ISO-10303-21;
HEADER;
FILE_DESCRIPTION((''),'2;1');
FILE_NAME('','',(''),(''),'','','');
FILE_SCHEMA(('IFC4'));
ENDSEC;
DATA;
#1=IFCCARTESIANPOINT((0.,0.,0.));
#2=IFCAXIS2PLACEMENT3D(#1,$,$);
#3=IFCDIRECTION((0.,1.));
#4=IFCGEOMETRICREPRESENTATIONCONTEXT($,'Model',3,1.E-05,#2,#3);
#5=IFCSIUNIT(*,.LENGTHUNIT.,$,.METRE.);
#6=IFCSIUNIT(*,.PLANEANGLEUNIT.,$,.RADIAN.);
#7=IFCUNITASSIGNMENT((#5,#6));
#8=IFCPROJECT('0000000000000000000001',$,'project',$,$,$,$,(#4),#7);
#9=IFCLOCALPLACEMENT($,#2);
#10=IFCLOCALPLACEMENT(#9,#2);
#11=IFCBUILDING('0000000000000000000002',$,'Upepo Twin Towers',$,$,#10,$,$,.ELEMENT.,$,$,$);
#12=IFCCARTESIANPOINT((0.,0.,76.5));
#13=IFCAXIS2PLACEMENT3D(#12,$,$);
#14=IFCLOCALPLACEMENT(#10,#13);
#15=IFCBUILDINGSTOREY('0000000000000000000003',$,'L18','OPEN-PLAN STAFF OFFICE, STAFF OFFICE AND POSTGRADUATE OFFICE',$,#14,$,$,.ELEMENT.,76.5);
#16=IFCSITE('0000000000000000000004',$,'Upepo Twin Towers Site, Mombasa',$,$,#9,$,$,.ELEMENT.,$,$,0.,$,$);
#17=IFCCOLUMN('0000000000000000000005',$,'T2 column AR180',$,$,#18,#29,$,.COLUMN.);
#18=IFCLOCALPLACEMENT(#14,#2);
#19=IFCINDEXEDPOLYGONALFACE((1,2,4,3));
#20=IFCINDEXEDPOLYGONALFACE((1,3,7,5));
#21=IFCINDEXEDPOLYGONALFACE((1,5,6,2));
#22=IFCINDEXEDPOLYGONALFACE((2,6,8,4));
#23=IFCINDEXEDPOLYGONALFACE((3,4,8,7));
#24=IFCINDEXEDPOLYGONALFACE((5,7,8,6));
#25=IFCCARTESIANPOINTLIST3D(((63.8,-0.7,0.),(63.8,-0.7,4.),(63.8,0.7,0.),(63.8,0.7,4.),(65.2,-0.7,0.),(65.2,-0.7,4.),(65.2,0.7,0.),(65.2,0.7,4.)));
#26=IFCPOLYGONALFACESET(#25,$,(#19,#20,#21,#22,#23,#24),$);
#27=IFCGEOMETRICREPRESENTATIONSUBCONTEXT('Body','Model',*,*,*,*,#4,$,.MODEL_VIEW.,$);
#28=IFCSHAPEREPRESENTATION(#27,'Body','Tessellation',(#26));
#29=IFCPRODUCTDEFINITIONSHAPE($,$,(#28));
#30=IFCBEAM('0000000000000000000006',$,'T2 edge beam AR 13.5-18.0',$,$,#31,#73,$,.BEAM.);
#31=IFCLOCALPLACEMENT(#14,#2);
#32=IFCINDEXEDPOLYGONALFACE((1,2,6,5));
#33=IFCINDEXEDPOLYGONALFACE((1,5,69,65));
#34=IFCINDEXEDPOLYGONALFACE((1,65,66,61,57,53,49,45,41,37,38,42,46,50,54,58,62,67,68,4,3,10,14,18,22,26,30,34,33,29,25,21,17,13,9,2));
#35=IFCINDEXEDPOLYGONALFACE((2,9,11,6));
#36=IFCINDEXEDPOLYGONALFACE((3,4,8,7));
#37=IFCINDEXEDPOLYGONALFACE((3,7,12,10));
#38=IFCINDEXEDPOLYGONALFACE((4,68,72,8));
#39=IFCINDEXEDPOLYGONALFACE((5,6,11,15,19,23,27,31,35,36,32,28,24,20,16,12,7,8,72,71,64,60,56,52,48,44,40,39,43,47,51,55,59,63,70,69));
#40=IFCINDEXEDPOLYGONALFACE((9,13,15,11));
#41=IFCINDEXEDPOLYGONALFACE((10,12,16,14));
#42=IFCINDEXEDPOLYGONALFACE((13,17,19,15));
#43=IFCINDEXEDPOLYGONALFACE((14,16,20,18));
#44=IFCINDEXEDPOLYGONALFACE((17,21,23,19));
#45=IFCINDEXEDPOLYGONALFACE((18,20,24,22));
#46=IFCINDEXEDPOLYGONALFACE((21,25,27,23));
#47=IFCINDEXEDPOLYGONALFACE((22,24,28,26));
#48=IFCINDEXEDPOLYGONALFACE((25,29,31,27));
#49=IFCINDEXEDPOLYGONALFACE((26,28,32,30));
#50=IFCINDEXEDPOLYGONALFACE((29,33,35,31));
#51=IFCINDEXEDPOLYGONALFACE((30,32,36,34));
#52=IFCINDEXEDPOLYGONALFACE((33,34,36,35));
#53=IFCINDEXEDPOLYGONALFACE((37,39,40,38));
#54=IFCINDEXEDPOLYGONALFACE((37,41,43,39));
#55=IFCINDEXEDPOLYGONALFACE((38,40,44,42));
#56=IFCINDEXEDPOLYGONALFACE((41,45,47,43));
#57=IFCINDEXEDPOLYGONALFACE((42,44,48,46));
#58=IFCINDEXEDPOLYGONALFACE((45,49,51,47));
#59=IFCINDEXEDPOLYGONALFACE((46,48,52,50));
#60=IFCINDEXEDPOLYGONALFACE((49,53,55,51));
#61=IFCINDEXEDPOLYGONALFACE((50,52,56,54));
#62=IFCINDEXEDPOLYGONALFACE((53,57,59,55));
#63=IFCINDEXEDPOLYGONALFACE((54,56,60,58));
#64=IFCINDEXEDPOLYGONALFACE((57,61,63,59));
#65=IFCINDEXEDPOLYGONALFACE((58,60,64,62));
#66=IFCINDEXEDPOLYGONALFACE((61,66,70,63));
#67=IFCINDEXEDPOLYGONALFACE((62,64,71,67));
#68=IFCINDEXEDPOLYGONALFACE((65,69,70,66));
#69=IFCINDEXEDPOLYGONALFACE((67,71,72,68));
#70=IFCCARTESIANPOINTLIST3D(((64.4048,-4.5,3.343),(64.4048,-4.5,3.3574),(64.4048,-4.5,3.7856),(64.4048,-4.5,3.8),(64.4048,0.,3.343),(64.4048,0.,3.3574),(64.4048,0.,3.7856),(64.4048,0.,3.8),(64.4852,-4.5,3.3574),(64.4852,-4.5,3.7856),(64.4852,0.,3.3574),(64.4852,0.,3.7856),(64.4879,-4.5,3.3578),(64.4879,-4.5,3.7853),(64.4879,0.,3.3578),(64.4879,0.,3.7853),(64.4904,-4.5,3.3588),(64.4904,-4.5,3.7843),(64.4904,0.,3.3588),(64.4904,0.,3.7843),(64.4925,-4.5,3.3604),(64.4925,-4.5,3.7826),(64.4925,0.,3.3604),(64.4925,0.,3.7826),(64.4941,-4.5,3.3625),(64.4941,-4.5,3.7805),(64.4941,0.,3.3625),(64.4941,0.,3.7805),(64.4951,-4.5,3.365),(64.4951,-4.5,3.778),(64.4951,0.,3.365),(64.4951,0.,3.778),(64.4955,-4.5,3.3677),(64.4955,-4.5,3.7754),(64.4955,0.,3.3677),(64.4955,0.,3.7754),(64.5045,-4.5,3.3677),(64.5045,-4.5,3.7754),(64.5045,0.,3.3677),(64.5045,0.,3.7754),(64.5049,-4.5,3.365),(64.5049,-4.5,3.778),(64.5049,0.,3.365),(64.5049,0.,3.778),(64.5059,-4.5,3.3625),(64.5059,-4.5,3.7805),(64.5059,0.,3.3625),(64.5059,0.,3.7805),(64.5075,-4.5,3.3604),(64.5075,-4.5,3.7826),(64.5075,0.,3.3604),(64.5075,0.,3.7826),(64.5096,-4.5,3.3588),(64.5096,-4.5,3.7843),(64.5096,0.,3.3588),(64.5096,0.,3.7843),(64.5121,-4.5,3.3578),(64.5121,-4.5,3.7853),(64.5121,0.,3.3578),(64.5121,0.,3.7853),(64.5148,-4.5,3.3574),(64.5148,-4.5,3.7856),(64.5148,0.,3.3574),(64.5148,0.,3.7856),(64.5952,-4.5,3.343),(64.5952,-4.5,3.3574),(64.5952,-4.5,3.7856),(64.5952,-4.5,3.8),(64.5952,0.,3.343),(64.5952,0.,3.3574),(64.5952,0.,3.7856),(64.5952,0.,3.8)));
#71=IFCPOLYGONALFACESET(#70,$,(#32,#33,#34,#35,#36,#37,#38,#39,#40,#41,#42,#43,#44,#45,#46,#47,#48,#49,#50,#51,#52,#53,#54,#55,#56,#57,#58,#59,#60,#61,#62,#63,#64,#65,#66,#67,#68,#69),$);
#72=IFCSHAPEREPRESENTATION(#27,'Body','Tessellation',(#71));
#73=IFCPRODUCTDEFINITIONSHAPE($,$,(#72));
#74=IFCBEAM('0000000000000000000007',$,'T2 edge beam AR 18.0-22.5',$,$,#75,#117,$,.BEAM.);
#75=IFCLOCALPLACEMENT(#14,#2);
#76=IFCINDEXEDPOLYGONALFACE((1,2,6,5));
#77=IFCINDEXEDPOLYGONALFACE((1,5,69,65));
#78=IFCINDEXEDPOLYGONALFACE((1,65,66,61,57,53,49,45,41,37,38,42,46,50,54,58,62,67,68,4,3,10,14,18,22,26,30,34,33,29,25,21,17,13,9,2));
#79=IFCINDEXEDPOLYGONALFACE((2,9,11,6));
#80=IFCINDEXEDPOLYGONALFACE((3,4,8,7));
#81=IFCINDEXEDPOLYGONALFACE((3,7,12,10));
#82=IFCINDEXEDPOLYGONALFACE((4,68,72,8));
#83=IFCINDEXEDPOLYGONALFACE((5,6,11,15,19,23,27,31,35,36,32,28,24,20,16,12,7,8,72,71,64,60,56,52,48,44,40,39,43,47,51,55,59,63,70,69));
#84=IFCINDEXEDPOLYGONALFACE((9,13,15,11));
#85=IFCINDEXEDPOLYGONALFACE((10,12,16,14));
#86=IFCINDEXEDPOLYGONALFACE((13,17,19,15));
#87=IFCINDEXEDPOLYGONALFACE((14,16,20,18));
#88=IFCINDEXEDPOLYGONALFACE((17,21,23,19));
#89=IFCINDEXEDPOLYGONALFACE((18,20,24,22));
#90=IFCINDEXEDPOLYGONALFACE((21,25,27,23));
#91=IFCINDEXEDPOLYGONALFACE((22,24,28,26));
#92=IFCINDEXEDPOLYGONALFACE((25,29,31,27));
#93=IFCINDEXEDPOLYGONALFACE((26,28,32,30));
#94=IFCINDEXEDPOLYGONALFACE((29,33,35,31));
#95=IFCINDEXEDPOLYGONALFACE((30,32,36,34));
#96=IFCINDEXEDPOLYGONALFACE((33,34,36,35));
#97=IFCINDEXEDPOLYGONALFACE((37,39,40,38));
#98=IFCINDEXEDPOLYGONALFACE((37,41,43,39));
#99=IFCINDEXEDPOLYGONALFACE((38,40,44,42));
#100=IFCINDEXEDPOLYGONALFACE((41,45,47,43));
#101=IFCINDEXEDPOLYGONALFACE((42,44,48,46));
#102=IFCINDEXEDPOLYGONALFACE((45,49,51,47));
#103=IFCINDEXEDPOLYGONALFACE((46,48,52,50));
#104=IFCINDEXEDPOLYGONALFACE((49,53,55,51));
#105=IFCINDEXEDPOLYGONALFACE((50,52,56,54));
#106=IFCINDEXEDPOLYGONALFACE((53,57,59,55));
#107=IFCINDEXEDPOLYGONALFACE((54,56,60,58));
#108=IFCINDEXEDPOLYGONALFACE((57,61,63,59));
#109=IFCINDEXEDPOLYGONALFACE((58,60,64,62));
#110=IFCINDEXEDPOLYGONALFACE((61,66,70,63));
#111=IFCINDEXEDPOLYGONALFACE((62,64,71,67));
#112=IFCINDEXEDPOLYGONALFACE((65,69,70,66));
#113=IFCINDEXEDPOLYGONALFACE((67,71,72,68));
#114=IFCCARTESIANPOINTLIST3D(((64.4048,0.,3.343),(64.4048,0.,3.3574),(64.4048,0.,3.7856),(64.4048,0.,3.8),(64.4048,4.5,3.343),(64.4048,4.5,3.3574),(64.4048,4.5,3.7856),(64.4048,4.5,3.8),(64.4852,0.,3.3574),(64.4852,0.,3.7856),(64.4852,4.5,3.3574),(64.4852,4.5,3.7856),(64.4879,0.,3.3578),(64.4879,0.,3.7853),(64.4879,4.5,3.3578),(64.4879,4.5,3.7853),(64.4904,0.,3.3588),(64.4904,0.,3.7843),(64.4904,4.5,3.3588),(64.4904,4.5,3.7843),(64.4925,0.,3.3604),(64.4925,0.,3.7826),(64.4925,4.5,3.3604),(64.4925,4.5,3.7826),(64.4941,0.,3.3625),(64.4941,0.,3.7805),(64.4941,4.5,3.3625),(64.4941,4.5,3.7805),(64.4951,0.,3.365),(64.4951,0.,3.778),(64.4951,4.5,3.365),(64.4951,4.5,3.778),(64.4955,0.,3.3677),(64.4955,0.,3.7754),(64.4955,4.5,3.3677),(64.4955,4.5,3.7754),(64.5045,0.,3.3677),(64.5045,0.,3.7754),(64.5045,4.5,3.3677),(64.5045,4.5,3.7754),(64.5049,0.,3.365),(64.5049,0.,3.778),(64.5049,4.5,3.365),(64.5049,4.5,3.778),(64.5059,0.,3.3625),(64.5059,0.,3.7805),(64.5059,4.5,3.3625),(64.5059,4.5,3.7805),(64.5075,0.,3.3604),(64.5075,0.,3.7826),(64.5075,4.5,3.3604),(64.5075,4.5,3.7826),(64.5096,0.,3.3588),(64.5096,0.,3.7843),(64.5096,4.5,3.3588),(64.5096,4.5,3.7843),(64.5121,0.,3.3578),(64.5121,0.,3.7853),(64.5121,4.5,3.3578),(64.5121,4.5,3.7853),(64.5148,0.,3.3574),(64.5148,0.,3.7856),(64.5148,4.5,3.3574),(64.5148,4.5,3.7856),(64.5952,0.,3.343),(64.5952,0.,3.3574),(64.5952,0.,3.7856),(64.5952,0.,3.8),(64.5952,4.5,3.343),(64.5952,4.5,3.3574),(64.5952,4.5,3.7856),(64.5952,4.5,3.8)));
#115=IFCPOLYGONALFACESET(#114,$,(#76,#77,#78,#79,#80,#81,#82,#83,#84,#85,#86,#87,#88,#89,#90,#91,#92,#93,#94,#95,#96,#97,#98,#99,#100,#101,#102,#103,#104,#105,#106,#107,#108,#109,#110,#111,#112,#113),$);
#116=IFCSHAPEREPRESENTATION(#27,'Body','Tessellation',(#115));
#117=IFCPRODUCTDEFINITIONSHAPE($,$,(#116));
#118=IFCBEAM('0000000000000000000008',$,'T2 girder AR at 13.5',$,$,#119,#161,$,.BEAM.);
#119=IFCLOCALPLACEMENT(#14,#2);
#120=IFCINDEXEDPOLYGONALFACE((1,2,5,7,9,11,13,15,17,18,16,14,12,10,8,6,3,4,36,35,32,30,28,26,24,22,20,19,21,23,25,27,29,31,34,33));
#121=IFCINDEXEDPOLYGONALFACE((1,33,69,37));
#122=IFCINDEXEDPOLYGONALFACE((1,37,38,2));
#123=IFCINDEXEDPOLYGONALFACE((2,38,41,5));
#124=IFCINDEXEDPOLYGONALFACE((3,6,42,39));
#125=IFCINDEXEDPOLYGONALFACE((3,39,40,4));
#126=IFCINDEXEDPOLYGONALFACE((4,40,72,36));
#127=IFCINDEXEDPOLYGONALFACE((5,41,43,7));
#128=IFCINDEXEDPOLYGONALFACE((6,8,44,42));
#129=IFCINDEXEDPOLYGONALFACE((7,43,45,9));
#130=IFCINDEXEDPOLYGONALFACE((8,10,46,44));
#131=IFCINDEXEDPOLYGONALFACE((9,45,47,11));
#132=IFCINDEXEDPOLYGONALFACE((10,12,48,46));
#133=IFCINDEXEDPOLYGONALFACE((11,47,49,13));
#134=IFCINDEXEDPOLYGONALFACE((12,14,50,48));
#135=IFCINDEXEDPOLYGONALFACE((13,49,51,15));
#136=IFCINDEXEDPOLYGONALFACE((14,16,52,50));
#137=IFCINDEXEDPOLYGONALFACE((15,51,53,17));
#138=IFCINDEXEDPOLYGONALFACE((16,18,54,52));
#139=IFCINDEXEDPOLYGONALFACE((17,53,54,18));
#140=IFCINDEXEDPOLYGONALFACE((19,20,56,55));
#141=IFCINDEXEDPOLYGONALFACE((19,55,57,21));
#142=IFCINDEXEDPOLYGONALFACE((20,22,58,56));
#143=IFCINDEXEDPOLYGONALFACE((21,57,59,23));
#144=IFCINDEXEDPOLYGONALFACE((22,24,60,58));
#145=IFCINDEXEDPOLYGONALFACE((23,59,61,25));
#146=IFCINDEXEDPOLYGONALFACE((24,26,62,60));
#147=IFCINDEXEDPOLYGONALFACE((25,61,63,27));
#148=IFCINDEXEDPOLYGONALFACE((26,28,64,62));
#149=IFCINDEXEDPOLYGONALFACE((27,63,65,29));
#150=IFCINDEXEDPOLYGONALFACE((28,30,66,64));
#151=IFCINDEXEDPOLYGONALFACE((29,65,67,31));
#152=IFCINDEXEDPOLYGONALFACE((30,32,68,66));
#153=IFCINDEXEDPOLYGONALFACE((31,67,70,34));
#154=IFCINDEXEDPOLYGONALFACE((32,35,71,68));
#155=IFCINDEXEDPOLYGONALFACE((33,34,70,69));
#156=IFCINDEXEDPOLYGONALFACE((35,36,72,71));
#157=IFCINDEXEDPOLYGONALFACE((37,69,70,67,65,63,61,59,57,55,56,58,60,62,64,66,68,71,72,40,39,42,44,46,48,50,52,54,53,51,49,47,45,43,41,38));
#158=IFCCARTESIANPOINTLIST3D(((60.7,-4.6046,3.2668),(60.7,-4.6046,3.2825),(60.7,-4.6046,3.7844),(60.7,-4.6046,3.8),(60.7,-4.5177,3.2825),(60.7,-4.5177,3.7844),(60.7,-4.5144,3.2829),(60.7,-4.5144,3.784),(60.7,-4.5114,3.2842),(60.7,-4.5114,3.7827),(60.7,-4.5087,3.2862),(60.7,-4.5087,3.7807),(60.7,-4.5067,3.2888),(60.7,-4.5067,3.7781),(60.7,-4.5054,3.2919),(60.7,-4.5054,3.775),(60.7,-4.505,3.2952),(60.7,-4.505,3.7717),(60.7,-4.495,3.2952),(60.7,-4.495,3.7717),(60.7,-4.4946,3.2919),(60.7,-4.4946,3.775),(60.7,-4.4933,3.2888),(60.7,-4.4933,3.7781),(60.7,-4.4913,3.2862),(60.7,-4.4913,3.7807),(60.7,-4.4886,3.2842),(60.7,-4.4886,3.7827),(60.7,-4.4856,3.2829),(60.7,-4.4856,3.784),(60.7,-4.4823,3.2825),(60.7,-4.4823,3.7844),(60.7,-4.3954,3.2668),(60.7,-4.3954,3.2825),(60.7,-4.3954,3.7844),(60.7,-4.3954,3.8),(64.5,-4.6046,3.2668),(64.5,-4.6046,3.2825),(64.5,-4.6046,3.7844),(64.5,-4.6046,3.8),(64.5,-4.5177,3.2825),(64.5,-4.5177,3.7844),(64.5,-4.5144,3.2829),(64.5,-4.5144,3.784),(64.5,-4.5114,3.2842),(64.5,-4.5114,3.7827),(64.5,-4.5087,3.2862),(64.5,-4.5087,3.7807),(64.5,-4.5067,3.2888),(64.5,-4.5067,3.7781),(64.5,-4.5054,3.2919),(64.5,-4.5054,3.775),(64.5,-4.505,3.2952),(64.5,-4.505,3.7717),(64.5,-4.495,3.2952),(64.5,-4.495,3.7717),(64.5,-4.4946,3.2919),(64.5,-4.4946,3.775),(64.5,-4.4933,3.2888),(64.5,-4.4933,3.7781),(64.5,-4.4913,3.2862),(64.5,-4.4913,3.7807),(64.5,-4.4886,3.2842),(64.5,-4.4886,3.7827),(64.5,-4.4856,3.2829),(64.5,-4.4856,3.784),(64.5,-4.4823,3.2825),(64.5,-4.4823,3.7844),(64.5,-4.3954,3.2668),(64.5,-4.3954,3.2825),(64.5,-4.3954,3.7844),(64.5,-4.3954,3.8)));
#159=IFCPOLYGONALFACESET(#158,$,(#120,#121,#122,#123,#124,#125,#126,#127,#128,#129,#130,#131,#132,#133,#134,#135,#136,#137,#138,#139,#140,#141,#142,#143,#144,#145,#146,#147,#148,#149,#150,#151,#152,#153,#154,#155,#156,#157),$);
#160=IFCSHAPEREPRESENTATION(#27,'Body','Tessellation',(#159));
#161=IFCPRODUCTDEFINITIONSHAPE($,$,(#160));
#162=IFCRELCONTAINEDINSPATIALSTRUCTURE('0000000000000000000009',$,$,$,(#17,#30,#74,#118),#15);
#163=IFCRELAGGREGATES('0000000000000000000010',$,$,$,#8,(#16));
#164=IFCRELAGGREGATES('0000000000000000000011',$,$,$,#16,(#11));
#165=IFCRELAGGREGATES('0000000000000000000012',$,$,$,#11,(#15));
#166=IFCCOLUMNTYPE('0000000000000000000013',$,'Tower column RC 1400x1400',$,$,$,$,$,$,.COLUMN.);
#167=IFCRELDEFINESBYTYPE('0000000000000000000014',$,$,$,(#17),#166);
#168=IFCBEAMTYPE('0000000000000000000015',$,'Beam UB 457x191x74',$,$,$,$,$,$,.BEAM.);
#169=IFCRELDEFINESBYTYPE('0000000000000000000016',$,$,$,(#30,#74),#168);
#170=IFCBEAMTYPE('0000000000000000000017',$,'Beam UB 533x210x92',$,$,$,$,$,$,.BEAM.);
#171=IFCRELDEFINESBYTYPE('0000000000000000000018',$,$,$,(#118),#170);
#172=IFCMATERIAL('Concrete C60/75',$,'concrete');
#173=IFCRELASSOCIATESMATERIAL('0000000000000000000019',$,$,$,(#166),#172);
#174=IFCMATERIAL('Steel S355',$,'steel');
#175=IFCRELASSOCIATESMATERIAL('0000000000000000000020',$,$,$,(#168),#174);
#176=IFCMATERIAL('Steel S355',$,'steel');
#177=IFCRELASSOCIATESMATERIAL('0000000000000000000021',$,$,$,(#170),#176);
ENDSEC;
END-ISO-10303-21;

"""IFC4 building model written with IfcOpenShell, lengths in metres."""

from ifc_helpers import new_model, si_unit, direction, frame, origin, origin_2d, place, context, subcontext, project, spatial, rectangle, i_section, extrude, material, material_profile, profile_set, type_object, element, save


model = new_model("IFC4")

# Units and contexts
model_context = context("Model", 3, precision=1e-05, world=origin(), true_north=direction((0.0, 1.0)))
body_context = subcontext(model_context, "Body", "Model", "MODEL_VIEW")
ifc_project = project(units=[si_unit("LENGTHUNIT", "METRE"), si_unit("PLANEANGLEUNIT", "RADIAN")], contexts=[model_context])

# Site, building, storey
site_placement = place(None, origin())
site = spatial("IfcSite", under=ifc_project, at=site_placement, Name="Upepo Twin Towers Site, Mombasa", CompositionType="ELEMENT", RefElevation=0.0)
building_placement = place(site_placement, origin())
building = spatial("IfcBuilding", under=site, at=building_placement, Name="Upepo Twin Towers", CompositionType="ELEMENT")
storey_placement = place(building_placement, frame((0.0, 0.0, 76.5)))
storey = spatial("IfcBuildingStorey", under=building, at=storey_placement, Name="L18", Description="OPEN-PLAN STAFF OFFICE, STAFF OFFICE AND POSTGRADUATE OFFICE", CompositionType="ELEMENT", Elevation=76.5)

# Column
ifc_material_1 = material(Name="Concrete C60/75", Category="concrete")
ifc_material_profile_1 = material_profile(ifc_material_1, rectangle(XDim=1.3999, YDim=1.3999, at=origin_2d()), Name="RC 1400x1400")
ifc_profile_set_1 = profile_set([ifc_material_profile_1], Name="Concrete C60/75")
column_type = type_object("IfcColumnType", Name="Tower column RC 1400x1400", PredefinedType="COLUMN", material=ifc_profile_set_1)
column_placement = place(storey_placement, frame((64.5, 0.0, 0.0), z_axis=(0.0, 0.0, 1.0), x_axis=(1.0, 0.0, 0.0)))
element("IfcColumn", 1, at=column_placement, inside=storey, type_object=column_type, Name="T2 column AR180", PredefinedType="COLUMN", context=body_context, shape_type="SweptSolid", body=[
    extrude(rectangle(XDim=1.3999, YDim=1.3999, at=origin_2d()), origin(), (0.0, 0.0, 1.0), 4.0),
])

# Beams
ifc_material_2 = material(Name="Steel S355", Category="steel")
ifc_material_profile_2 = material_profile(ifc_material_2, i_section(OverallWidth=0.1904, OverallDepth=0.457, WebThickness=0.009, FlangeThickness=0.0144, FilletRadius=0.0103, at=origin_2d()), Name="UB 457x191x74")
ifc_profile_set_2 = profile_set([ifc_material_profile_2], Name="Steel S355")
beam_type_1 = type_object("IfcBeamType", Name="Beam UB 457x191x74", PredefinedType="BEAM", material=ifc_profile_set_2)
for number, where, z_axis, x_axis, name in (
    (2, (64.5, -4.5, 3.5715), (0.0, 1.0, 0.0), (-1.0, 0.0, 0.0), "T2 edge beam AR 13.5-18.0"),
    (3, (64.5, 0.0, 3.5715), (0.0, 1.0, 0.0), (-1.0, 0.0, 0.0), "T2 edge beam AR 18.0-22.5"),
):
    element("IfcBeam", number, at=place(storey_placement, frame(where, z_axis=z_axis, x_axis=x_axis)), inside=storey, type_object=beam_type_1, Name=name, PredefinedType="BEAM", context=body_context, shape_type="SweptSolid", body=[
        extrude(i_section(OverallWidth=0.1904, OverallDepth=0.457, WebThickness=0.009, FlangeThickness=0.0144, FilletRadius=0.0103, at=origin_2d()), origin(), (0.0, 0.0, 1.0), 4.5),
    ])
ifc_material_3 = material(Name="Steel S355", Category="steel")
ifc_material_profile_3 = material_profile(ifc_material_3, i_section(OverallWidth=0.2092, OverallDepth=0.5332, WebThickness=0.01, FlangeThickness=0.0156, FilletRadius=0.0127, at=origin_2d()), Name="UB 533x210x92")
ifc_profile_set_3 = profile_set([ifc_material_profile_3], Name="Steel S355")
beam_type_2 = type_object("IfcBeamType", Name="Beam UB 533x210x92", PredefinedType="BEAM", material=ifc_profile_set_3)
for number, where, z_axis, x_axis, name in (
    (4, (64.5, -4.5, 3.5334), (-1.0, 0.0, 0.0), (0.0, -1.0, 0.0), "T2 girder AR at 13.5"),
):
    element("IfcBeam", number, at=place(storey_placement, frame(where, z_axis=z_axis, x_axis=x_axis)), inside=storey, type_object=beam_type_2, Name=name, PredefinedType="BEAM", context=body_context, shape_type="SweptSolid", body=[
        extrude(i_section(OverallWidth=0.2092, OverallDepth=0.5332, WebThickness=0.01, FlangeThickness=0.0156, FilletRadius=0.0127, at=origin_2d()), origin(), (0.0, 0.0, 1.0), 3.8),
    ])

save(model, "model.ifc")
